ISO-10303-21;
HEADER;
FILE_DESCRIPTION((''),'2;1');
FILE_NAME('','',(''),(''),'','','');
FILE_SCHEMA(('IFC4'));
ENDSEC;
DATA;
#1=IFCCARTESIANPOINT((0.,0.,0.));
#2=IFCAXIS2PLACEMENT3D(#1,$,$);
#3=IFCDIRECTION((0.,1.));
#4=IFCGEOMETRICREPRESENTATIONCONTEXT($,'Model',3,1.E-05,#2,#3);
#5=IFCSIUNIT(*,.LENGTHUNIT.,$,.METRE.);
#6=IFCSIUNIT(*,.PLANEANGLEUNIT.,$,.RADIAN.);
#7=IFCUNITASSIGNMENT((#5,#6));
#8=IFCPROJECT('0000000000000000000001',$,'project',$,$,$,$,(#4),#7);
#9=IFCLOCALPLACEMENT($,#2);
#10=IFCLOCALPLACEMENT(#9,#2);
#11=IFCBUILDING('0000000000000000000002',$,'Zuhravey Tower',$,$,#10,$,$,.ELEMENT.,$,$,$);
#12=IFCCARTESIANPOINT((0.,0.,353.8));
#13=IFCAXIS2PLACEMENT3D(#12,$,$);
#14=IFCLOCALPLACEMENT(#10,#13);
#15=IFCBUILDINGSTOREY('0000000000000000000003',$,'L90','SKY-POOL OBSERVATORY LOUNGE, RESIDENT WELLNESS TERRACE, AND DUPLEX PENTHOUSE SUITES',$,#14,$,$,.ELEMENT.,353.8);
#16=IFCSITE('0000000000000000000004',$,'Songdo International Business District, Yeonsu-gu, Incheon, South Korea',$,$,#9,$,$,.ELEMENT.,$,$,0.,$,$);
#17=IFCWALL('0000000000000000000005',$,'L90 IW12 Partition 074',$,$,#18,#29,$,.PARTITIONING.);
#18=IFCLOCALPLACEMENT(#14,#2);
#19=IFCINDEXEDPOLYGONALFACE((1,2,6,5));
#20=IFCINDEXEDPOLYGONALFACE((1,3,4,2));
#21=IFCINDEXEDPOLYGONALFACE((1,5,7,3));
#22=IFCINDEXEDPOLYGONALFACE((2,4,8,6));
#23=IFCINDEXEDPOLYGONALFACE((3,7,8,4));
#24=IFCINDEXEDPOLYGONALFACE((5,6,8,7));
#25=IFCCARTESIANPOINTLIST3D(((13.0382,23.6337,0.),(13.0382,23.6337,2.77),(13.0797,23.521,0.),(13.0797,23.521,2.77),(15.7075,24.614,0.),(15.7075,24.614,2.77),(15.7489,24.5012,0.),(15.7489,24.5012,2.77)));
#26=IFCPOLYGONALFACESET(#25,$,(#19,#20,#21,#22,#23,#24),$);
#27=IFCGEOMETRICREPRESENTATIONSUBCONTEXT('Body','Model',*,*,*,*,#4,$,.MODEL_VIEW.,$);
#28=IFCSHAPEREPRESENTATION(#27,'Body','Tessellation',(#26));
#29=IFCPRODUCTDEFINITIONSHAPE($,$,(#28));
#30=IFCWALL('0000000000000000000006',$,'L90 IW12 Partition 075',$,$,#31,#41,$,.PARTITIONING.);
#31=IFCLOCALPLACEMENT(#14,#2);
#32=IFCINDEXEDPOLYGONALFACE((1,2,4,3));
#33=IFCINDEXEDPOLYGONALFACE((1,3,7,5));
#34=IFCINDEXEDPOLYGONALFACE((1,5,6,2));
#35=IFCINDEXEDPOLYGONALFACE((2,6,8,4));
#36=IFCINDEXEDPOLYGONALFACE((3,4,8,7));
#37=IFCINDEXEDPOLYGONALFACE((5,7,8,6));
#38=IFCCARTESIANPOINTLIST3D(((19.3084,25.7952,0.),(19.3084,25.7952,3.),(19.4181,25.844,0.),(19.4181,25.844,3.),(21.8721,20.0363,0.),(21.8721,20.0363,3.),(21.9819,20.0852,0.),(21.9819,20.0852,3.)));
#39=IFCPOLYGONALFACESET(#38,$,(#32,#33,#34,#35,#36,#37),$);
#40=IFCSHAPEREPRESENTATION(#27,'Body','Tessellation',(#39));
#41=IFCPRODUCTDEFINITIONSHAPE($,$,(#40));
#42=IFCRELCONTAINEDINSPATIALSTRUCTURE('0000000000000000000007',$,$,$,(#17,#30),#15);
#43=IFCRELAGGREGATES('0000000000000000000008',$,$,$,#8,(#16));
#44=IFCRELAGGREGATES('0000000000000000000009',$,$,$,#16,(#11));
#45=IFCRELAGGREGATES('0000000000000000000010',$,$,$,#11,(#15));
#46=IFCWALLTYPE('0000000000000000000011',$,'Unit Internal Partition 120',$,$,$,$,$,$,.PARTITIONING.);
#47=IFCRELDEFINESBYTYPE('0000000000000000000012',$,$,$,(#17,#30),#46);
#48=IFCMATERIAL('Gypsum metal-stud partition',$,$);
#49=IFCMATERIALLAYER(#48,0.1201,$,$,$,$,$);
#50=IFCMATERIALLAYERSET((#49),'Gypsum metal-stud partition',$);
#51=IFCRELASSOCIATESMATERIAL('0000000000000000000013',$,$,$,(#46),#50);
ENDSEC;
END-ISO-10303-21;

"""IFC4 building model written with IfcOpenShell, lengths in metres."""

from ifc_helpers import new_model, si_unit, direction, frame, frame_2d, origin, place, context, subcontext, project, spatial, rectangle, extrude, material, layer, layer_set, type_object, element, save


model = new_model("IFC4")

# Units and contexts
model_context = context("Model", 3, precision=1e-05, world=origin(), true_north=direction((0.0, 1.0)))
body_context = subcontext(model_context, "Body", "Model", "MODEL_VIEW")
ifc_project = project(units=[si_unit("LENGTHUNIT", "METRE"), si_unit("PLANEANGLEUNIT", "RADIAN")], contexts=[model_context])

# Site, building, storey
site_placement = place(None, origin())
site = spatial("IfcSite", under=ifc_project, at=site_placement, Name="Songdo International Business District, Yeonsu-gu, Incheon, South Korea", CompositionType="ELEMENT", RefElevation=0.0)
building_placement = place(site_placement, origin())
building = spatial("IfcBuilding", under=site, at=building_placement, Name="Zuhravey Tower", CompositionType="ELEMENT")
storey_placement = place(building_placement, frame((0.0, 0.0, 353.8)))
storey = spatial("IfcBuildingStorey", under=building, at=storey_placement, Name="L90", Description="SKY-POOL OBSERVATORY LOUNGE, RESIDENT WELLNESS TERRACE, AND DUPLEX PENTHOUSE SUITES", CompositionType="ELEMENT", Elevation=353.8)

# Shared definitions
ifc_material_1 = material(Name="Gypsum metal-stud partition")
ifc_layer_1 = layer(ifc_material_1, 0.1201)
ifc_layer_set_1 = layer_set([ifc_layer_1], Name="Gypsum metal-stud partition")
wall_type_1 = type_object("IfcWallType", Name="Unit Internal Partition 120", PredefinedType="PARTITIONING", material=ifc_layer_set_1)

# Walls
wall_1_placement = place(storey_placement, frame((15.7283, 24.5576, 0.0), z_axis=(0.0, 0.0, 1.0), x_axis=(-0.938703, -0.344726, 0.0)))
element("IfcWall", 1, at=wall_1_placement, inside=storey, type_object=wall_type_1, Name="L90 IW12 Partition 074", PredefinedType="PARTITIONING", context=body_context, shape_type="SweptSolid", body=[
    extrude(rectangle(XDim=2.8435, YDim=0.1201, at=frame_2d((1.4219, 0.0))), origin(), (0.0, 0.0, 1.0), 2.77),
])
wall_2_placement = place(storey_placement, frame((19.3633, 25.8196, 0.0), z_axis=(0.0, 0.0, 1.0), x_axis=(0.406703, -0.913561, 0.0)))
element("IfcWall", 2, at=wall_2_placement, inside=storey, type_object=wall_type_1, Name="L90 IW12 Partition 075", PredefinedType="PARTITIONING", context=body_context, shape_type="SweptSolid", body=[
    extrude(rectangle(XDim=6.3037, YDim=0.1201, at=frame_2d((3.1519, 0.0))), origin(), (0.0, 0.0, 1.0), 3.0),
])

save(model, "model.ifc")
